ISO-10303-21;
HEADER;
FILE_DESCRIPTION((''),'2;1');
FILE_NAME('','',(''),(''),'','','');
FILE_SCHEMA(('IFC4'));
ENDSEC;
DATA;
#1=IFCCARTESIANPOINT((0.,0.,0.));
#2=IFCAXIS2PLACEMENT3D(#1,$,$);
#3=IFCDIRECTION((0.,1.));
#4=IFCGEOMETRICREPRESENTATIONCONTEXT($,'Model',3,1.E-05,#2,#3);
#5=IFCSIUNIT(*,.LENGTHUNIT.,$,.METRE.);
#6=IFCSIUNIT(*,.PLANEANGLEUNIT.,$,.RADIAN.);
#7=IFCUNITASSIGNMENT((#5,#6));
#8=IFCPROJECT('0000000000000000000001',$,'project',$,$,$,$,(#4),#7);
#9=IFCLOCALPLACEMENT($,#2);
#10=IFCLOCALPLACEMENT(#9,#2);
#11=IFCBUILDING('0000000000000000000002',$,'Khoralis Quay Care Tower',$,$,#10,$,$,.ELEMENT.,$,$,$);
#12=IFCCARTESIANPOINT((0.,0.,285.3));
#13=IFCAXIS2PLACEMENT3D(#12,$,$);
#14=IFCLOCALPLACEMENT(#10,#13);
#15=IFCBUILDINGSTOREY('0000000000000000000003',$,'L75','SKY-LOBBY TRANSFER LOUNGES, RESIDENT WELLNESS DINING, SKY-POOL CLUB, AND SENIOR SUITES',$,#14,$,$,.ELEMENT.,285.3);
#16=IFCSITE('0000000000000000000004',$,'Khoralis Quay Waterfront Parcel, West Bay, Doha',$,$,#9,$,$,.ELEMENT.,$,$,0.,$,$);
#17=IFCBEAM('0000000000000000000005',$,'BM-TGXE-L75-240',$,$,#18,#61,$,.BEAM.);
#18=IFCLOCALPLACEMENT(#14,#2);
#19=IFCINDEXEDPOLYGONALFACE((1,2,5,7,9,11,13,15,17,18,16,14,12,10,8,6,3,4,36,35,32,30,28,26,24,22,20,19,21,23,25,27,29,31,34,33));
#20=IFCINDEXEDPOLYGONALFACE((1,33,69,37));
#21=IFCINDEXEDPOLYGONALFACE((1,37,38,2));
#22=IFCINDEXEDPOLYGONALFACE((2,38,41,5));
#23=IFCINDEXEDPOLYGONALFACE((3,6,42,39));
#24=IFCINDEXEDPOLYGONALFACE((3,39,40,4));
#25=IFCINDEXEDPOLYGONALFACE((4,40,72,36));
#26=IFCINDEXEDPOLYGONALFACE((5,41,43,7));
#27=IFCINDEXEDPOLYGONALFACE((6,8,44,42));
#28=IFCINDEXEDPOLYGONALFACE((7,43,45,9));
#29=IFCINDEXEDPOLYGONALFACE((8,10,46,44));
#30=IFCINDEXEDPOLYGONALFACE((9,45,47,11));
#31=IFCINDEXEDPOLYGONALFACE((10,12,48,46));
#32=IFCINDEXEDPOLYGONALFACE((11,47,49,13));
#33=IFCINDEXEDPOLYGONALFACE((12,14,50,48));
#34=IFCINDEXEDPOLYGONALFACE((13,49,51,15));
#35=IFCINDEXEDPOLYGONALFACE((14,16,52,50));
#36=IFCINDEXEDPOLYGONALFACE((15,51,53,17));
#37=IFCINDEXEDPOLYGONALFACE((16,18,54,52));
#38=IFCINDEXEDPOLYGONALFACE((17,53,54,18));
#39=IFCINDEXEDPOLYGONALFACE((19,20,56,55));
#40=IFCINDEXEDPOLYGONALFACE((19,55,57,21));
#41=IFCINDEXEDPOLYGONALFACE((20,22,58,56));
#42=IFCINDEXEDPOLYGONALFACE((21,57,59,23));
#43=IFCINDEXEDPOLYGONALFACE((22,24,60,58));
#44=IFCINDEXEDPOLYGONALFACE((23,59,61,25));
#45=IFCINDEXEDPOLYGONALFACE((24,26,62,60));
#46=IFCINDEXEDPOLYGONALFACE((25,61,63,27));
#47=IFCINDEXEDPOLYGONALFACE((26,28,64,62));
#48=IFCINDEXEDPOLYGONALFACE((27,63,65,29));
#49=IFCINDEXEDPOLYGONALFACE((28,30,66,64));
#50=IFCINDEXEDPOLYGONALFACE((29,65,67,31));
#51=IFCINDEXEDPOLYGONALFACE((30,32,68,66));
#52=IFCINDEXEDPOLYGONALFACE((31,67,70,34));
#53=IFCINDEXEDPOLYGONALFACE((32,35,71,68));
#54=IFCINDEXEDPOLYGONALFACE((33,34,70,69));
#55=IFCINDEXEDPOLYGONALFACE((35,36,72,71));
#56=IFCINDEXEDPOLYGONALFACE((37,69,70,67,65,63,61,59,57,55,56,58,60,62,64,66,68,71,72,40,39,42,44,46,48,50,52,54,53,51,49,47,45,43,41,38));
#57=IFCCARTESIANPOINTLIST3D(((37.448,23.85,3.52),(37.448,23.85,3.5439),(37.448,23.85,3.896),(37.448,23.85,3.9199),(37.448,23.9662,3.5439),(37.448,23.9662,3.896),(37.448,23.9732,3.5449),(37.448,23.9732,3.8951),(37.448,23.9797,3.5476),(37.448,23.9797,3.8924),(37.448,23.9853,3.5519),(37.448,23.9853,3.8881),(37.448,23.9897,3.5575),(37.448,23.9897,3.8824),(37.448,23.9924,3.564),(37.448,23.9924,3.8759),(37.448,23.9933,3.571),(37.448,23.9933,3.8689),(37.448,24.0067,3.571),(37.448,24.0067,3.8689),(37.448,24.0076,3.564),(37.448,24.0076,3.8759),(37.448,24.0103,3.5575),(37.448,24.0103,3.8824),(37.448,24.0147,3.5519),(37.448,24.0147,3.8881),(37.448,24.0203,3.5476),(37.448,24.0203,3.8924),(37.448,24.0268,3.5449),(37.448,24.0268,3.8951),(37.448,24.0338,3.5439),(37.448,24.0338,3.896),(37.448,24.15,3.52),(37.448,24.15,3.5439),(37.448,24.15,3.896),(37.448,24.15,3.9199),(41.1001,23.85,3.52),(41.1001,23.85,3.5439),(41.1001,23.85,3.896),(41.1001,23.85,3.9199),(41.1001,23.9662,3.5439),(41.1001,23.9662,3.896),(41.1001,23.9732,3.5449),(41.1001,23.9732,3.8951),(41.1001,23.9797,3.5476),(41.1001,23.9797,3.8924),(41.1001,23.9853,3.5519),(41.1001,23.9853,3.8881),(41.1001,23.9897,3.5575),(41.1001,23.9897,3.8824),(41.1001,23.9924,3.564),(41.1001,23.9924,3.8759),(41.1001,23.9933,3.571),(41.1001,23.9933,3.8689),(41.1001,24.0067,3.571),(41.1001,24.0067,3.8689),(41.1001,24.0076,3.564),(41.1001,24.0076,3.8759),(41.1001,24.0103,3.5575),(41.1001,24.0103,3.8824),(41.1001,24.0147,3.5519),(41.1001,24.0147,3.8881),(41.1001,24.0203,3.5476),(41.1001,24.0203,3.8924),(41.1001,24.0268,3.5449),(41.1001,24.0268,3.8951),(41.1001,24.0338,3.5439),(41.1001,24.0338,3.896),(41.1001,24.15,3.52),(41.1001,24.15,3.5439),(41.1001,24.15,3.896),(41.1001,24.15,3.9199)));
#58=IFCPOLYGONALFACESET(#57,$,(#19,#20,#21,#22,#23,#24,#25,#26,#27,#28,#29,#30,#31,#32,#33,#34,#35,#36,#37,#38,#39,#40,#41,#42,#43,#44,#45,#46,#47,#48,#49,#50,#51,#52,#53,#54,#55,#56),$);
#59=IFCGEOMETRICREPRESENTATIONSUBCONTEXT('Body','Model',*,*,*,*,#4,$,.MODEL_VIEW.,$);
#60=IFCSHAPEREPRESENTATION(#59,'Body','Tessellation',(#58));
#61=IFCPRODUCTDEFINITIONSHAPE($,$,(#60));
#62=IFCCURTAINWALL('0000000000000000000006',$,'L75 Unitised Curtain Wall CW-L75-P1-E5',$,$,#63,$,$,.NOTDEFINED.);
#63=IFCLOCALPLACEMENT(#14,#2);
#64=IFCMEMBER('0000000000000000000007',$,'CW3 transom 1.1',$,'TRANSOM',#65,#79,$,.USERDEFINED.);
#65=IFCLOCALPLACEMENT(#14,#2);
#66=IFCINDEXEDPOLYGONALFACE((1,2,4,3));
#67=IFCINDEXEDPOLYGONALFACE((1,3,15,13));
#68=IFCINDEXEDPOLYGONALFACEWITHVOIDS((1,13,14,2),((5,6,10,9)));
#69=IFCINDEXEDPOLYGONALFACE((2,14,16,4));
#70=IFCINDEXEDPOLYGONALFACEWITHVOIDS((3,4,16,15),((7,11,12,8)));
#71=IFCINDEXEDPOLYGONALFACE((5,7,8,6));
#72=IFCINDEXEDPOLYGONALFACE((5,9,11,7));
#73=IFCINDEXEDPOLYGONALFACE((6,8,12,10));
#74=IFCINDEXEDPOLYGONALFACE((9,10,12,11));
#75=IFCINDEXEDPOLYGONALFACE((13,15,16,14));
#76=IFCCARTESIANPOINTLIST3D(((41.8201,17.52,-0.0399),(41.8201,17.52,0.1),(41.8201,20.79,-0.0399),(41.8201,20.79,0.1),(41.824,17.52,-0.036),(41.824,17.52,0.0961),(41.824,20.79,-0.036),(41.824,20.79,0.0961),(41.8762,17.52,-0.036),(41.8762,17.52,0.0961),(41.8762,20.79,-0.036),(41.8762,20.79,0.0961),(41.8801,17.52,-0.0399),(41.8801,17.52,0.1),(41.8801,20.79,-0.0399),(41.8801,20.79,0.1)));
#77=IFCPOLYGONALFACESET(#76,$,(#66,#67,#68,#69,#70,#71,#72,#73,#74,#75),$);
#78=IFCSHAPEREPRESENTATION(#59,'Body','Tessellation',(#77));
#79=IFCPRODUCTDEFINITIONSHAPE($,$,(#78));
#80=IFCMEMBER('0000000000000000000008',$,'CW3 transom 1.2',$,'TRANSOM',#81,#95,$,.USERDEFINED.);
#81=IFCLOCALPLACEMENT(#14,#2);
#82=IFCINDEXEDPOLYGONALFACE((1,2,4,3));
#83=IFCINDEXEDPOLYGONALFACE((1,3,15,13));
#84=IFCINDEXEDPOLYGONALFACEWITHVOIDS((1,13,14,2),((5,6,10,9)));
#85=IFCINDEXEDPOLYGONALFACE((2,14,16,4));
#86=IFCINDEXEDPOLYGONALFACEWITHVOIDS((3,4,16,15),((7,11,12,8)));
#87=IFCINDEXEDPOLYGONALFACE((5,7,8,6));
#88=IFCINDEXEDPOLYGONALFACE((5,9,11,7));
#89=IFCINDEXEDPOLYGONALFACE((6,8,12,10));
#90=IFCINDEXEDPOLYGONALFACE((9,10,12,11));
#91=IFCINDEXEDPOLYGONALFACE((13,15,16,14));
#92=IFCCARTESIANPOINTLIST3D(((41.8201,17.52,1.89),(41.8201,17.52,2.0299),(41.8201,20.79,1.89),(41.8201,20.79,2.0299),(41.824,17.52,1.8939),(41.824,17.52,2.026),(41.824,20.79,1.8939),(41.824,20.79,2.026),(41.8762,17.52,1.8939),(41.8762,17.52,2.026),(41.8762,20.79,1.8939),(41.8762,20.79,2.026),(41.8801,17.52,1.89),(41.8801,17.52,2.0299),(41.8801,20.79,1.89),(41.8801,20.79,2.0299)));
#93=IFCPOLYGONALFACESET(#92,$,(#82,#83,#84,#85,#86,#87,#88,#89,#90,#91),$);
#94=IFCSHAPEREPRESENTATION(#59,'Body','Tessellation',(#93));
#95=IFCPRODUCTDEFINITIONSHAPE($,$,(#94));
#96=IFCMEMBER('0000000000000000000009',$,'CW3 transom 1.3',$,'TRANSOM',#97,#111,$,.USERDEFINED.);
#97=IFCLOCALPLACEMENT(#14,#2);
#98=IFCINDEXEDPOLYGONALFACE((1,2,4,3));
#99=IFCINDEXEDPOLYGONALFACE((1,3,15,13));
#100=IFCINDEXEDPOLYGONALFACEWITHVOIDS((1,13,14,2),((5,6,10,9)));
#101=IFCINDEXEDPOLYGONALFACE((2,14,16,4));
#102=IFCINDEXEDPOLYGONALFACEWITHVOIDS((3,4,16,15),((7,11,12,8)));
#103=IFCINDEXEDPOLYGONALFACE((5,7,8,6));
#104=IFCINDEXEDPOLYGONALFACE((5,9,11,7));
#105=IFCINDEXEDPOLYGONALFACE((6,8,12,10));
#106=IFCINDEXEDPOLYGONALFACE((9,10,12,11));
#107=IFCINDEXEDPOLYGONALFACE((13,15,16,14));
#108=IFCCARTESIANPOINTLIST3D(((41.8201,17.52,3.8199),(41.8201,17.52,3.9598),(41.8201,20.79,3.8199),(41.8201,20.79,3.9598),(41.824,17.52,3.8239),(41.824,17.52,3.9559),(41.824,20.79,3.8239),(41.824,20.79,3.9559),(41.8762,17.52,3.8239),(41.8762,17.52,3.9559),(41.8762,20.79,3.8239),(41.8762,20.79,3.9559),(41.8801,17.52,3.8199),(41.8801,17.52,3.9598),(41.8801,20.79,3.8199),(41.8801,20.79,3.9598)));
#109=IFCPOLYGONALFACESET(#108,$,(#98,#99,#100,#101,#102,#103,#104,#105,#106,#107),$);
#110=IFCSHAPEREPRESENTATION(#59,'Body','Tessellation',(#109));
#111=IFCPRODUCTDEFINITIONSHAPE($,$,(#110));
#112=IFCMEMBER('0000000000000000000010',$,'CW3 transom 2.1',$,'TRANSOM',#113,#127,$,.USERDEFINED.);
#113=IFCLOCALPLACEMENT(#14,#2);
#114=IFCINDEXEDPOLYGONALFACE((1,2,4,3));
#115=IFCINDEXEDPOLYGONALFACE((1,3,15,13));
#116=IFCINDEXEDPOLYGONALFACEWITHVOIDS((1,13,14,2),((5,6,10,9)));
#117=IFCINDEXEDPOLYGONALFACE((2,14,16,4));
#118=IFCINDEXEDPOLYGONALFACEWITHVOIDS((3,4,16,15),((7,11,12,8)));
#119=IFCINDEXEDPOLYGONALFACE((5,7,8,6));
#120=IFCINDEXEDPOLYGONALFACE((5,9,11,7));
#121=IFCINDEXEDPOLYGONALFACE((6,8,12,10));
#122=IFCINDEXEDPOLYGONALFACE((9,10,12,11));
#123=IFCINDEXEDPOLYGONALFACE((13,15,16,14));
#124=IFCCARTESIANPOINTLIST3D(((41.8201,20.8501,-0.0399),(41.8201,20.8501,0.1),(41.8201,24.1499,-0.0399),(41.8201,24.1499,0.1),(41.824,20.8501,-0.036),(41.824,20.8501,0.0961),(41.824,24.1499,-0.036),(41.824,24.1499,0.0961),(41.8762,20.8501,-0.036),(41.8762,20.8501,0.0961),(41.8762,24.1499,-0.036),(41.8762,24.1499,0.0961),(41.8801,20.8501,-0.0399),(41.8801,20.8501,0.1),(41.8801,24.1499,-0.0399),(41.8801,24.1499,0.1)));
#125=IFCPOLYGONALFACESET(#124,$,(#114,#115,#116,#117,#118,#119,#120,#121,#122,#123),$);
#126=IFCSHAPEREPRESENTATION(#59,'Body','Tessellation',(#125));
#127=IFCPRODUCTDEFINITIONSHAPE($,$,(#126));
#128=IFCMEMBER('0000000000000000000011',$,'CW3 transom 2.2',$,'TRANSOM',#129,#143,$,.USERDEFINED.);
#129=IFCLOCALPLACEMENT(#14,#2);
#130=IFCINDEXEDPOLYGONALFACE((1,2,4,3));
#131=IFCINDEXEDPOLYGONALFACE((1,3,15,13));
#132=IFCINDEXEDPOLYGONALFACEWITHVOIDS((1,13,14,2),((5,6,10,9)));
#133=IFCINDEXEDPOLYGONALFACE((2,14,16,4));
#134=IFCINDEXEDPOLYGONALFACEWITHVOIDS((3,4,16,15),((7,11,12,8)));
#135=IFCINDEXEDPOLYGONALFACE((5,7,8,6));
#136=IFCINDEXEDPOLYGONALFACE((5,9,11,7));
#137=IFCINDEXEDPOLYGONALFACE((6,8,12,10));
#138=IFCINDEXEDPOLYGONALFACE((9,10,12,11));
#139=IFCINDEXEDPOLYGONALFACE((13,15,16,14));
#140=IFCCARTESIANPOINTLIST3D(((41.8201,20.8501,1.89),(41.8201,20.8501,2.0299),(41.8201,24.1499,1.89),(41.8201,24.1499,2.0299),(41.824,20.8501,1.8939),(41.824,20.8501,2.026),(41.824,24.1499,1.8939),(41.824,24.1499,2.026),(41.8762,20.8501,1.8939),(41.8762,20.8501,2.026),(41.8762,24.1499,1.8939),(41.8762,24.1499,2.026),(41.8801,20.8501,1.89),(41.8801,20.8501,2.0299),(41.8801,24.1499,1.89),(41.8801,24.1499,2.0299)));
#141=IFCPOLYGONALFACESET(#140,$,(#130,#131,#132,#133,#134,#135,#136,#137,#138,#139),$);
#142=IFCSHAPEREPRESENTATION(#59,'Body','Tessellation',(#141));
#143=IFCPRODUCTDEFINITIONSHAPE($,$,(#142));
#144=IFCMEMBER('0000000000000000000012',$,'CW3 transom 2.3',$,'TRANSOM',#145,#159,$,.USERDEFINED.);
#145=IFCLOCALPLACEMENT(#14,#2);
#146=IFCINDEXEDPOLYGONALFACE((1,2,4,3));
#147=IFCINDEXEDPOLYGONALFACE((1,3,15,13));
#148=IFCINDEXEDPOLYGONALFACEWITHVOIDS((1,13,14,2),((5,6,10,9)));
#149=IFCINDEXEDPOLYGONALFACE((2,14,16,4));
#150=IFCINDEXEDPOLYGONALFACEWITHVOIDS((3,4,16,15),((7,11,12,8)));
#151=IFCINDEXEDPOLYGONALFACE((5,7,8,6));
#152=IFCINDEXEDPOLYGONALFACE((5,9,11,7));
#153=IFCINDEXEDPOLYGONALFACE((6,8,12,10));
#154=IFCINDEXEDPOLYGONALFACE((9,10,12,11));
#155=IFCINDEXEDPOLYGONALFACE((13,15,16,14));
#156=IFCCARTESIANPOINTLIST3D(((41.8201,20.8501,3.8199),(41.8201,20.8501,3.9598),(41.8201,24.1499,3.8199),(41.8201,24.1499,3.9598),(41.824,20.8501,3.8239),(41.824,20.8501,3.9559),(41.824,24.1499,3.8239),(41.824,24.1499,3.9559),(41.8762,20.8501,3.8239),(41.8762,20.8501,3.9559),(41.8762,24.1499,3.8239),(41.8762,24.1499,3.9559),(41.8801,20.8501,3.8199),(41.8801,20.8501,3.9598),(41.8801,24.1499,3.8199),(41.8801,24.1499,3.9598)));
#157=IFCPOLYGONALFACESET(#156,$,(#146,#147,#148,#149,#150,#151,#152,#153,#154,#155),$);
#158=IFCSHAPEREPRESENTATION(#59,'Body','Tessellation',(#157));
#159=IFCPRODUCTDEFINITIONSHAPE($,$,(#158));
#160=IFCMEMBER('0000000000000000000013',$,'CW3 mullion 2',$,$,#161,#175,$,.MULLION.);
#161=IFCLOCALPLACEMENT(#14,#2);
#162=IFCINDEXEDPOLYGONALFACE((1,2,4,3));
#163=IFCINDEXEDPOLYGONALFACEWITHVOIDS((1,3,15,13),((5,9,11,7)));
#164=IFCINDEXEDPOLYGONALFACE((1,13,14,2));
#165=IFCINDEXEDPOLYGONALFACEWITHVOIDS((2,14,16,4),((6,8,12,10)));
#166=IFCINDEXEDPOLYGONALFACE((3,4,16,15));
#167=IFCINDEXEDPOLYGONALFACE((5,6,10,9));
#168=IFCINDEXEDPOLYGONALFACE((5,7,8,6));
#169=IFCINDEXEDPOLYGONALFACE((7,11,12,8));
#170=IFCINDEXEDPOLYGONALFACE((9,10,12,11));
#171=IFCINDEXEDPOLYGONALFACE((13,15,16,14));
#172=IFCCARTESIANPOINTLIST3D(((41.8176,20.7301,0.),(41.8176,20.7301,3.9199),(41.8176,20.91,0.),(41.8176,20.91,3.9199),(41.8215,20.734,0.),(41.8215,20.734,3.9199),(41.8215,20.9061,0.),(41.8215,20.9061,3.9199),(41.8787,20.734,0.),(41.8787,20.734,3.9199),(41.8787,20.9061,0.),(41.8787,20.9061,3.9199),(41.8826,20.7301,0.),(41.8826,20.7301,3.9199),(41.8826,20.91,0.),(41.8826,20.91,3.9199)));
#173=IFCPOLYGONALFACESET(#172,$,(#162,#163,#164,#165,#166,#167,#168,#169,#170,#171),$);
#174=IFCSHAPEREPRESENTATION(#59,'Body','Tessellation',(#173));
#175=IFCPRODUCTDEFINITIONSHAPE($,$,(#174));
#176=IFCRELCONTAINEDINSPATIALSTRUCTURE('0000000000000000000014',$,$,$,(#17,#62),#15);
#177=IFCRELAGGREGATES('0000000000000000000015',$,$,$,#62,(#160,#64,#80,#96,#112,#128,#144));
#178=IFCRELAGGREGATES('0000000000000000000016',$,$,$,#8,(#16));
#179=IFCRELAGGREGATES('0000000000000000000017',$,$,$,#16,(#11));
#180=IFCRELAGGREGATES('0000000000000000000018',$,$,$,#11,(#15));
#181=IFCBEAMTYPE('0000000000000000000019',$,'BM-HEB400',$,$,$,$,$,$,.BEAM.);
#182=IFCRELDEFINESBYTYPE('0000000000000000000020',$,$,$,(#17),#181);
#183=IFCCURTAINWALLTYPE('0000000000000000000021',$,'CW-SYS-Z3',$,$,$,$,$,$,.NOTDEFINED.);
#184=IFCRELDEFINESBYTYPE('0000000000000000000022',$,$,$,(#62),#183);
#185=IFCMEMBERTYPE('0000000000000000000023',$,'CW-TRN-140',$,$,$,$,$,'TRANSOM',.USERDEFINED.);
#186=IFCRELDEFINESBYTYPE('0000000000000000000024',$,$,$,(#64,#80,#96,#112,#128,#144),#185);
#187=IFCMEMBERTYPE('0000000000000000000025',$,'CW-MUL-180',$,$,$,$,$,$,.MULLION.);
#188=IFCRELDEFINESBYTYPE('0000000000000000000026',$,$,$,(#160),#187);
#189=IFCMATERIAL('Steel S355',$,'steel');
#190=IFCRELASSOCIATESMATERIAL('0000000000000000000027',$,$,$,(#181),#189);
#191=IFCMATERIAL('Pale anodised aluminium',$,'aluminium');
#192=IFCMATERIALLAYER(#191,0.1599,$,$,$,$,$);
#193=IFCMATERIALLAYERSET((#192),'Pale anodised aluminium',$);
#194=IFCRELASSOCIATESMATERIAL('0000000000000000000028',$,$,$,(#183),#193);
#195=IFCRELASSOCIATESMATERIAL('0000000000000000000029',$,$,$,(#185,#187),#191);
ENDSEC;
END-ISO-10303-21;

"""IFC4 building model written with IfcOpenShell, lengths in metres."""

from ifc_helpers import new_model, si_unit, direction, frame, origin, origin_2d, place, context, subcontext, project, spatial, hollow_rectangle, i_section, extrude, source, transform, mapped, material, layer, layer_set, material_profile, profile_set, type_object, element, aggregate, save


model = new_model("IFC4")

# Units and contexts
model_context = context("Model", 3, precision=1e-05, world=origin(), true_north=direction((0.0, 1.0)))
body_context = subcontext(model_context, "Body", "Model", "MODEL_VIEW")
ifc_project = project(units=[si_unit("LENGTHUNIT", "METRE"), si_unit("PLANEANGLEUNIT", "RADIAN")], contexts=[model_context])

# Site, building, storey
site_placement = place(None, origin())
site = spatial("IfcSite", under=ifc_project, at=site_placement, Name="Khoralis Quay Waterfront Parcel, West Bay, Doha", CompositionType="ELEMENT", RefElevation=0.0)
building_placement = place(site_placement, origin())
building = spatial("IfcBuilding", under=site, at=building_placement, Name="Khoralis Quay Care Tower", CompositionType="ELEMENT")
storey_placement = place(building_placement, frame((0.0, 0.0, 285.3)))
storey = spatial("IfcBuildingStorey", under=building, at=storey_placement, Name="L75", Description="SKY-LOBBY TRANSFER LOUNGES, RESIDENT WELLNESS DINING, SKY-POOL CLUB, AND SENIOR SUITES", CompositionType="ELEMENT", Elevation=285.3)

# Beam
ifc_material_1 = material(Name="Steel S355", Category="steel")
ifc_material_profile_1 = material_profile(ifc_material_1, i_section(OverallWidth=0.3, OverallDepth=0.3999, WebThickness=0.0134, FlangeThickness=0.0239, FilletRadius=0.0271, at=origin_2d()), Name="Steel S355")
ifc_profile_set_1 = profile_set([ifc_material_profile_1], Name="Steel S355")
beam_type_1 = type_object("IfcBeamType", Name="BM-HEB400", PredefinedType="BEAM", material=ifc_profile_set_1)
shared_shape_1 = source(origin(), body_context, "Body", "SweptSolid", [
    extrude(i_section(OverallWidth=0.3, OverallDepth=0.3999, WebThickness=0.0134, FlangeThickness=0.0239, FilletRadius=0.0271, at=origin_2d()), origin(), (0.0, 0.0, 1.0), 3.6521),
])
for number, where, z_axis, x_axis, name in (
    (1, (37.448, 24.0, 3.72), (1.0, 0.0, 0.0), (0.0, 1.0, 0.0), "BM-TGXE-L75-240"),
):
    element("IfcBeam", number, at=place(storey_placement, frame(where, z_axis=z_axis, x_axis=x_axis)), inside=storey, type_object=beam_type_1, Name=name, PredefinedType="BEAM", context=body_context, shape_type="MappedRepresentation", body=[
        mapped(shared_shape_1, transform((0.0, 0.0, 0.0), scale=1.0)),
    ])

# Curtain wall, members
ifc_material_2 = material(Name="Pale anodised aluminium", Category="aluminium")
ifc_layer_1 = layer(ifc_material_2, 0.1599)
ifc_layer_set_1 = layer_set([ifc_layer_1], Name="Pale anodised aluminium")
curtain_wall_type = type_object("IfcCurtainWallType", Name="CW-SYS-Z3", PredefinedType="NOTDEFINED", material=ifc_layer_set_1)
curtain_wall_placement = place(storey_placement, origin())
curtain_wall = element("IfcCurtainWall", 2, at=curtain_wall_placement, inside=storey, type_object=curtain_wall_type, Name="L75 Unitised Curtain Wall CW-L75-P1-E5", PredefinedType="NOTDEFINED")
ifc_material_profile_2 = material_profile(ifc_material_2, hollow_rectangle(XDim=0.0601, YDim=0.1399, WallThickness=0.0039, at=origin_2d()), Name="Pale anodised aluminium")
ifc_profile_set_2 = profile_set([ifc_material_profile_2], Name="Pale anodised aluminium")
member_type_1 = type_object("IfcMemberType", Name="CW-TRN-140", ElementType="TRANSOM", PredefinedType="USERDEFINED", material=ifc_profile_set_2)
shared_shape_2 = source(origin(), body_context, "Body", "SweptSolid", [
    extrude(hollow_rectangle(XDim=0.0601, YDim=0.1399, WallThickness=0.0039, at=origin_2d()), origin(), (0.0, 0.0, 1.0), 3.27),
])
member_1_placement = place(storey_placement, frame((41.8501, 17.52, 0.03), z_axis=(0.0, 1.0, 0.0), x_axis=(-1.0, 0.0, 0.0)))
member_1 = element("IfcMember", 3, at=member_1_placement, type_object=member_type_1, Name="CW3 transom 1.1", ObjectType="TRANSOM", PredefinedType="USERDEFINED", context=body_context, shape_type="MappedRepresentation", body=[
    mapped(shared_shape_2, transform((0.0, 0.0, 0.0), scale=1.0)),
])
member_2_placement = place(storey_placement, frame((41.8501, 17.52, 1.96), z_axis=(0.0, 1.0, 0.0), x_axis=(-1.0, 0.0, 0.0)))
member_2 = element("IfcMember", 4, at=member_2_placement, type_object=member_type_1, Name="CW3 transom 1.2", ObjectType="TRANSOM", PredefinedType="USERDEFINED", context=body_context, shape_type="MappedRepresentation", body=[
    mapped(shared_shape_2, transform((0.0, 0.0, 0.0), scale=1.0)),
])
member_3_placement = place(storey_placement, frame((41.8501, 17.52, 3.8899), z_axis=(0.0, 1.0, 0.0), x_axis=(-1.0, 0.0, 0.0)))
member_3 = element("IfcMember", 5, at=member_3_placement, type_object=member_type_1, Name="CW3 transom 1.3", ObjectType="TRANSOM", PredefinedType="USERDEFINED", context=body_context, shape_type="MappedRepresentation", body=[
    mapped(shared_shape_2, transform((0.0, 0.0, 0.0), scale=1.0)),
])
shared_shape_3 = source(origin(), body_context, "Body", "SweptSolid", [
    extrude(hollow_rectangle(XDim=0.0601, YDim=0.1399, WallThickness=0.0039, at=origin_2d()), origin(), (0.0, 0.0, 1.0), 3.2998),
])
member_4_placement = place(storey_placement, frame((41.8501, 20.8501, 0.03), z_axis=(0.0, 1.0, 0.0), x_axis=(-1.0, 0.0, 0.0)))
member_4 = element("IfcMember", 6, at=member_4_placement, type_object=member_type_1, Name="CW3 transom 2.1", ObjectType="TRANSOM", PredefinedType="USERDEFINED", context=body_context, shape_type="MappedRepresentation", body=[
    mapped(shared_shape_3, transform((0.0, 0.0, 0.0), scale=1.0)),
])
member_5_placement = place(storey_placement, frame((41.8501, 20.8501, 1.96), z_axis=(0.0, 1.0, 0.0), x_axis=(-1.0, 0.0, 0.0)))
member_5 = element("IfcMember", 7, at=member_5_placement, type_object=member_type_1, Name="CW3 transom 2.2", ObjectType="TRANSOM", PredefinedType="USERDEFINED", context=body_context, shape_type="MappedRepresentation", body=[
    mapped(shared_shape_3, transform((0.0, 0.0, 0.0), scale=1.0)),
])
member_6_placement = place(storey_placement, frame((41.8501, 20.8501, 3.8899), z_axis=(0.0, 1.0, 0.0), x_axis=(-1.0, 0.0, 0.0)))
member_6 = element("IfcMember", 8, at=member_6_placement, type_object=member_type_1, Name="CW3 transom 2.3", ObjectType="TRANSOM", PredefinedType="USERDEFINED", context=body_context, shape_type="MappedRepresentation", body=[
    mapped(shared_shape_3, transform((0.0, 0.0, 0.0), scale=1.0)),
])
ifc_material_profile_3 = material_profile(ifc_material_2, hollow_rectangle(XDim=0.0649, YDim=0.1799, WallThickness=0.0039, at=origin_2d()), Name="Pale anodised aluminium")
ifc_profile_set_3 = profile_set([ifc_material_profile_3], Name="Pale anodised aluminium")
member_type_2 = type_object("IfcMemberType", Name="CW-MUL-180", PredefinedType="MULLION", material=ifc_profile_set_3)
shared_shape_4 = source(origin(), body_context, "Body", "SweptSolid", [
    extrude(hollow_rectangle(XDim=0.0649, YDim=0.1799, WallThickness=0.0039, at=origin_2d()), origin(), (0.0, 0.0, 1.0), 3.9199),
])
member_7_placement = place(storey_placement, frame((41.8501, 20.8201, 0.0), z_axis=(0.0, 0.0, 1.0), x_axis=(-1.0, 0.0, 0.0)))
member_7 = element("IfcMember", 9, at=member_7_placement, type_object=member_type_2, Name="CW3 mullion 2", PredefinedType="MULLION", context=body_context, shape_type="MappedRepresentation", body=[
    mapped(shared_shape_4, transform((0.0, 0.0, 0.0), scale=1.0)),
])
aggregate(curtain_wall, [member_7, member_1, member_2, member_3, member_4, member_5, member_6])

save(model, "model.ifc")
